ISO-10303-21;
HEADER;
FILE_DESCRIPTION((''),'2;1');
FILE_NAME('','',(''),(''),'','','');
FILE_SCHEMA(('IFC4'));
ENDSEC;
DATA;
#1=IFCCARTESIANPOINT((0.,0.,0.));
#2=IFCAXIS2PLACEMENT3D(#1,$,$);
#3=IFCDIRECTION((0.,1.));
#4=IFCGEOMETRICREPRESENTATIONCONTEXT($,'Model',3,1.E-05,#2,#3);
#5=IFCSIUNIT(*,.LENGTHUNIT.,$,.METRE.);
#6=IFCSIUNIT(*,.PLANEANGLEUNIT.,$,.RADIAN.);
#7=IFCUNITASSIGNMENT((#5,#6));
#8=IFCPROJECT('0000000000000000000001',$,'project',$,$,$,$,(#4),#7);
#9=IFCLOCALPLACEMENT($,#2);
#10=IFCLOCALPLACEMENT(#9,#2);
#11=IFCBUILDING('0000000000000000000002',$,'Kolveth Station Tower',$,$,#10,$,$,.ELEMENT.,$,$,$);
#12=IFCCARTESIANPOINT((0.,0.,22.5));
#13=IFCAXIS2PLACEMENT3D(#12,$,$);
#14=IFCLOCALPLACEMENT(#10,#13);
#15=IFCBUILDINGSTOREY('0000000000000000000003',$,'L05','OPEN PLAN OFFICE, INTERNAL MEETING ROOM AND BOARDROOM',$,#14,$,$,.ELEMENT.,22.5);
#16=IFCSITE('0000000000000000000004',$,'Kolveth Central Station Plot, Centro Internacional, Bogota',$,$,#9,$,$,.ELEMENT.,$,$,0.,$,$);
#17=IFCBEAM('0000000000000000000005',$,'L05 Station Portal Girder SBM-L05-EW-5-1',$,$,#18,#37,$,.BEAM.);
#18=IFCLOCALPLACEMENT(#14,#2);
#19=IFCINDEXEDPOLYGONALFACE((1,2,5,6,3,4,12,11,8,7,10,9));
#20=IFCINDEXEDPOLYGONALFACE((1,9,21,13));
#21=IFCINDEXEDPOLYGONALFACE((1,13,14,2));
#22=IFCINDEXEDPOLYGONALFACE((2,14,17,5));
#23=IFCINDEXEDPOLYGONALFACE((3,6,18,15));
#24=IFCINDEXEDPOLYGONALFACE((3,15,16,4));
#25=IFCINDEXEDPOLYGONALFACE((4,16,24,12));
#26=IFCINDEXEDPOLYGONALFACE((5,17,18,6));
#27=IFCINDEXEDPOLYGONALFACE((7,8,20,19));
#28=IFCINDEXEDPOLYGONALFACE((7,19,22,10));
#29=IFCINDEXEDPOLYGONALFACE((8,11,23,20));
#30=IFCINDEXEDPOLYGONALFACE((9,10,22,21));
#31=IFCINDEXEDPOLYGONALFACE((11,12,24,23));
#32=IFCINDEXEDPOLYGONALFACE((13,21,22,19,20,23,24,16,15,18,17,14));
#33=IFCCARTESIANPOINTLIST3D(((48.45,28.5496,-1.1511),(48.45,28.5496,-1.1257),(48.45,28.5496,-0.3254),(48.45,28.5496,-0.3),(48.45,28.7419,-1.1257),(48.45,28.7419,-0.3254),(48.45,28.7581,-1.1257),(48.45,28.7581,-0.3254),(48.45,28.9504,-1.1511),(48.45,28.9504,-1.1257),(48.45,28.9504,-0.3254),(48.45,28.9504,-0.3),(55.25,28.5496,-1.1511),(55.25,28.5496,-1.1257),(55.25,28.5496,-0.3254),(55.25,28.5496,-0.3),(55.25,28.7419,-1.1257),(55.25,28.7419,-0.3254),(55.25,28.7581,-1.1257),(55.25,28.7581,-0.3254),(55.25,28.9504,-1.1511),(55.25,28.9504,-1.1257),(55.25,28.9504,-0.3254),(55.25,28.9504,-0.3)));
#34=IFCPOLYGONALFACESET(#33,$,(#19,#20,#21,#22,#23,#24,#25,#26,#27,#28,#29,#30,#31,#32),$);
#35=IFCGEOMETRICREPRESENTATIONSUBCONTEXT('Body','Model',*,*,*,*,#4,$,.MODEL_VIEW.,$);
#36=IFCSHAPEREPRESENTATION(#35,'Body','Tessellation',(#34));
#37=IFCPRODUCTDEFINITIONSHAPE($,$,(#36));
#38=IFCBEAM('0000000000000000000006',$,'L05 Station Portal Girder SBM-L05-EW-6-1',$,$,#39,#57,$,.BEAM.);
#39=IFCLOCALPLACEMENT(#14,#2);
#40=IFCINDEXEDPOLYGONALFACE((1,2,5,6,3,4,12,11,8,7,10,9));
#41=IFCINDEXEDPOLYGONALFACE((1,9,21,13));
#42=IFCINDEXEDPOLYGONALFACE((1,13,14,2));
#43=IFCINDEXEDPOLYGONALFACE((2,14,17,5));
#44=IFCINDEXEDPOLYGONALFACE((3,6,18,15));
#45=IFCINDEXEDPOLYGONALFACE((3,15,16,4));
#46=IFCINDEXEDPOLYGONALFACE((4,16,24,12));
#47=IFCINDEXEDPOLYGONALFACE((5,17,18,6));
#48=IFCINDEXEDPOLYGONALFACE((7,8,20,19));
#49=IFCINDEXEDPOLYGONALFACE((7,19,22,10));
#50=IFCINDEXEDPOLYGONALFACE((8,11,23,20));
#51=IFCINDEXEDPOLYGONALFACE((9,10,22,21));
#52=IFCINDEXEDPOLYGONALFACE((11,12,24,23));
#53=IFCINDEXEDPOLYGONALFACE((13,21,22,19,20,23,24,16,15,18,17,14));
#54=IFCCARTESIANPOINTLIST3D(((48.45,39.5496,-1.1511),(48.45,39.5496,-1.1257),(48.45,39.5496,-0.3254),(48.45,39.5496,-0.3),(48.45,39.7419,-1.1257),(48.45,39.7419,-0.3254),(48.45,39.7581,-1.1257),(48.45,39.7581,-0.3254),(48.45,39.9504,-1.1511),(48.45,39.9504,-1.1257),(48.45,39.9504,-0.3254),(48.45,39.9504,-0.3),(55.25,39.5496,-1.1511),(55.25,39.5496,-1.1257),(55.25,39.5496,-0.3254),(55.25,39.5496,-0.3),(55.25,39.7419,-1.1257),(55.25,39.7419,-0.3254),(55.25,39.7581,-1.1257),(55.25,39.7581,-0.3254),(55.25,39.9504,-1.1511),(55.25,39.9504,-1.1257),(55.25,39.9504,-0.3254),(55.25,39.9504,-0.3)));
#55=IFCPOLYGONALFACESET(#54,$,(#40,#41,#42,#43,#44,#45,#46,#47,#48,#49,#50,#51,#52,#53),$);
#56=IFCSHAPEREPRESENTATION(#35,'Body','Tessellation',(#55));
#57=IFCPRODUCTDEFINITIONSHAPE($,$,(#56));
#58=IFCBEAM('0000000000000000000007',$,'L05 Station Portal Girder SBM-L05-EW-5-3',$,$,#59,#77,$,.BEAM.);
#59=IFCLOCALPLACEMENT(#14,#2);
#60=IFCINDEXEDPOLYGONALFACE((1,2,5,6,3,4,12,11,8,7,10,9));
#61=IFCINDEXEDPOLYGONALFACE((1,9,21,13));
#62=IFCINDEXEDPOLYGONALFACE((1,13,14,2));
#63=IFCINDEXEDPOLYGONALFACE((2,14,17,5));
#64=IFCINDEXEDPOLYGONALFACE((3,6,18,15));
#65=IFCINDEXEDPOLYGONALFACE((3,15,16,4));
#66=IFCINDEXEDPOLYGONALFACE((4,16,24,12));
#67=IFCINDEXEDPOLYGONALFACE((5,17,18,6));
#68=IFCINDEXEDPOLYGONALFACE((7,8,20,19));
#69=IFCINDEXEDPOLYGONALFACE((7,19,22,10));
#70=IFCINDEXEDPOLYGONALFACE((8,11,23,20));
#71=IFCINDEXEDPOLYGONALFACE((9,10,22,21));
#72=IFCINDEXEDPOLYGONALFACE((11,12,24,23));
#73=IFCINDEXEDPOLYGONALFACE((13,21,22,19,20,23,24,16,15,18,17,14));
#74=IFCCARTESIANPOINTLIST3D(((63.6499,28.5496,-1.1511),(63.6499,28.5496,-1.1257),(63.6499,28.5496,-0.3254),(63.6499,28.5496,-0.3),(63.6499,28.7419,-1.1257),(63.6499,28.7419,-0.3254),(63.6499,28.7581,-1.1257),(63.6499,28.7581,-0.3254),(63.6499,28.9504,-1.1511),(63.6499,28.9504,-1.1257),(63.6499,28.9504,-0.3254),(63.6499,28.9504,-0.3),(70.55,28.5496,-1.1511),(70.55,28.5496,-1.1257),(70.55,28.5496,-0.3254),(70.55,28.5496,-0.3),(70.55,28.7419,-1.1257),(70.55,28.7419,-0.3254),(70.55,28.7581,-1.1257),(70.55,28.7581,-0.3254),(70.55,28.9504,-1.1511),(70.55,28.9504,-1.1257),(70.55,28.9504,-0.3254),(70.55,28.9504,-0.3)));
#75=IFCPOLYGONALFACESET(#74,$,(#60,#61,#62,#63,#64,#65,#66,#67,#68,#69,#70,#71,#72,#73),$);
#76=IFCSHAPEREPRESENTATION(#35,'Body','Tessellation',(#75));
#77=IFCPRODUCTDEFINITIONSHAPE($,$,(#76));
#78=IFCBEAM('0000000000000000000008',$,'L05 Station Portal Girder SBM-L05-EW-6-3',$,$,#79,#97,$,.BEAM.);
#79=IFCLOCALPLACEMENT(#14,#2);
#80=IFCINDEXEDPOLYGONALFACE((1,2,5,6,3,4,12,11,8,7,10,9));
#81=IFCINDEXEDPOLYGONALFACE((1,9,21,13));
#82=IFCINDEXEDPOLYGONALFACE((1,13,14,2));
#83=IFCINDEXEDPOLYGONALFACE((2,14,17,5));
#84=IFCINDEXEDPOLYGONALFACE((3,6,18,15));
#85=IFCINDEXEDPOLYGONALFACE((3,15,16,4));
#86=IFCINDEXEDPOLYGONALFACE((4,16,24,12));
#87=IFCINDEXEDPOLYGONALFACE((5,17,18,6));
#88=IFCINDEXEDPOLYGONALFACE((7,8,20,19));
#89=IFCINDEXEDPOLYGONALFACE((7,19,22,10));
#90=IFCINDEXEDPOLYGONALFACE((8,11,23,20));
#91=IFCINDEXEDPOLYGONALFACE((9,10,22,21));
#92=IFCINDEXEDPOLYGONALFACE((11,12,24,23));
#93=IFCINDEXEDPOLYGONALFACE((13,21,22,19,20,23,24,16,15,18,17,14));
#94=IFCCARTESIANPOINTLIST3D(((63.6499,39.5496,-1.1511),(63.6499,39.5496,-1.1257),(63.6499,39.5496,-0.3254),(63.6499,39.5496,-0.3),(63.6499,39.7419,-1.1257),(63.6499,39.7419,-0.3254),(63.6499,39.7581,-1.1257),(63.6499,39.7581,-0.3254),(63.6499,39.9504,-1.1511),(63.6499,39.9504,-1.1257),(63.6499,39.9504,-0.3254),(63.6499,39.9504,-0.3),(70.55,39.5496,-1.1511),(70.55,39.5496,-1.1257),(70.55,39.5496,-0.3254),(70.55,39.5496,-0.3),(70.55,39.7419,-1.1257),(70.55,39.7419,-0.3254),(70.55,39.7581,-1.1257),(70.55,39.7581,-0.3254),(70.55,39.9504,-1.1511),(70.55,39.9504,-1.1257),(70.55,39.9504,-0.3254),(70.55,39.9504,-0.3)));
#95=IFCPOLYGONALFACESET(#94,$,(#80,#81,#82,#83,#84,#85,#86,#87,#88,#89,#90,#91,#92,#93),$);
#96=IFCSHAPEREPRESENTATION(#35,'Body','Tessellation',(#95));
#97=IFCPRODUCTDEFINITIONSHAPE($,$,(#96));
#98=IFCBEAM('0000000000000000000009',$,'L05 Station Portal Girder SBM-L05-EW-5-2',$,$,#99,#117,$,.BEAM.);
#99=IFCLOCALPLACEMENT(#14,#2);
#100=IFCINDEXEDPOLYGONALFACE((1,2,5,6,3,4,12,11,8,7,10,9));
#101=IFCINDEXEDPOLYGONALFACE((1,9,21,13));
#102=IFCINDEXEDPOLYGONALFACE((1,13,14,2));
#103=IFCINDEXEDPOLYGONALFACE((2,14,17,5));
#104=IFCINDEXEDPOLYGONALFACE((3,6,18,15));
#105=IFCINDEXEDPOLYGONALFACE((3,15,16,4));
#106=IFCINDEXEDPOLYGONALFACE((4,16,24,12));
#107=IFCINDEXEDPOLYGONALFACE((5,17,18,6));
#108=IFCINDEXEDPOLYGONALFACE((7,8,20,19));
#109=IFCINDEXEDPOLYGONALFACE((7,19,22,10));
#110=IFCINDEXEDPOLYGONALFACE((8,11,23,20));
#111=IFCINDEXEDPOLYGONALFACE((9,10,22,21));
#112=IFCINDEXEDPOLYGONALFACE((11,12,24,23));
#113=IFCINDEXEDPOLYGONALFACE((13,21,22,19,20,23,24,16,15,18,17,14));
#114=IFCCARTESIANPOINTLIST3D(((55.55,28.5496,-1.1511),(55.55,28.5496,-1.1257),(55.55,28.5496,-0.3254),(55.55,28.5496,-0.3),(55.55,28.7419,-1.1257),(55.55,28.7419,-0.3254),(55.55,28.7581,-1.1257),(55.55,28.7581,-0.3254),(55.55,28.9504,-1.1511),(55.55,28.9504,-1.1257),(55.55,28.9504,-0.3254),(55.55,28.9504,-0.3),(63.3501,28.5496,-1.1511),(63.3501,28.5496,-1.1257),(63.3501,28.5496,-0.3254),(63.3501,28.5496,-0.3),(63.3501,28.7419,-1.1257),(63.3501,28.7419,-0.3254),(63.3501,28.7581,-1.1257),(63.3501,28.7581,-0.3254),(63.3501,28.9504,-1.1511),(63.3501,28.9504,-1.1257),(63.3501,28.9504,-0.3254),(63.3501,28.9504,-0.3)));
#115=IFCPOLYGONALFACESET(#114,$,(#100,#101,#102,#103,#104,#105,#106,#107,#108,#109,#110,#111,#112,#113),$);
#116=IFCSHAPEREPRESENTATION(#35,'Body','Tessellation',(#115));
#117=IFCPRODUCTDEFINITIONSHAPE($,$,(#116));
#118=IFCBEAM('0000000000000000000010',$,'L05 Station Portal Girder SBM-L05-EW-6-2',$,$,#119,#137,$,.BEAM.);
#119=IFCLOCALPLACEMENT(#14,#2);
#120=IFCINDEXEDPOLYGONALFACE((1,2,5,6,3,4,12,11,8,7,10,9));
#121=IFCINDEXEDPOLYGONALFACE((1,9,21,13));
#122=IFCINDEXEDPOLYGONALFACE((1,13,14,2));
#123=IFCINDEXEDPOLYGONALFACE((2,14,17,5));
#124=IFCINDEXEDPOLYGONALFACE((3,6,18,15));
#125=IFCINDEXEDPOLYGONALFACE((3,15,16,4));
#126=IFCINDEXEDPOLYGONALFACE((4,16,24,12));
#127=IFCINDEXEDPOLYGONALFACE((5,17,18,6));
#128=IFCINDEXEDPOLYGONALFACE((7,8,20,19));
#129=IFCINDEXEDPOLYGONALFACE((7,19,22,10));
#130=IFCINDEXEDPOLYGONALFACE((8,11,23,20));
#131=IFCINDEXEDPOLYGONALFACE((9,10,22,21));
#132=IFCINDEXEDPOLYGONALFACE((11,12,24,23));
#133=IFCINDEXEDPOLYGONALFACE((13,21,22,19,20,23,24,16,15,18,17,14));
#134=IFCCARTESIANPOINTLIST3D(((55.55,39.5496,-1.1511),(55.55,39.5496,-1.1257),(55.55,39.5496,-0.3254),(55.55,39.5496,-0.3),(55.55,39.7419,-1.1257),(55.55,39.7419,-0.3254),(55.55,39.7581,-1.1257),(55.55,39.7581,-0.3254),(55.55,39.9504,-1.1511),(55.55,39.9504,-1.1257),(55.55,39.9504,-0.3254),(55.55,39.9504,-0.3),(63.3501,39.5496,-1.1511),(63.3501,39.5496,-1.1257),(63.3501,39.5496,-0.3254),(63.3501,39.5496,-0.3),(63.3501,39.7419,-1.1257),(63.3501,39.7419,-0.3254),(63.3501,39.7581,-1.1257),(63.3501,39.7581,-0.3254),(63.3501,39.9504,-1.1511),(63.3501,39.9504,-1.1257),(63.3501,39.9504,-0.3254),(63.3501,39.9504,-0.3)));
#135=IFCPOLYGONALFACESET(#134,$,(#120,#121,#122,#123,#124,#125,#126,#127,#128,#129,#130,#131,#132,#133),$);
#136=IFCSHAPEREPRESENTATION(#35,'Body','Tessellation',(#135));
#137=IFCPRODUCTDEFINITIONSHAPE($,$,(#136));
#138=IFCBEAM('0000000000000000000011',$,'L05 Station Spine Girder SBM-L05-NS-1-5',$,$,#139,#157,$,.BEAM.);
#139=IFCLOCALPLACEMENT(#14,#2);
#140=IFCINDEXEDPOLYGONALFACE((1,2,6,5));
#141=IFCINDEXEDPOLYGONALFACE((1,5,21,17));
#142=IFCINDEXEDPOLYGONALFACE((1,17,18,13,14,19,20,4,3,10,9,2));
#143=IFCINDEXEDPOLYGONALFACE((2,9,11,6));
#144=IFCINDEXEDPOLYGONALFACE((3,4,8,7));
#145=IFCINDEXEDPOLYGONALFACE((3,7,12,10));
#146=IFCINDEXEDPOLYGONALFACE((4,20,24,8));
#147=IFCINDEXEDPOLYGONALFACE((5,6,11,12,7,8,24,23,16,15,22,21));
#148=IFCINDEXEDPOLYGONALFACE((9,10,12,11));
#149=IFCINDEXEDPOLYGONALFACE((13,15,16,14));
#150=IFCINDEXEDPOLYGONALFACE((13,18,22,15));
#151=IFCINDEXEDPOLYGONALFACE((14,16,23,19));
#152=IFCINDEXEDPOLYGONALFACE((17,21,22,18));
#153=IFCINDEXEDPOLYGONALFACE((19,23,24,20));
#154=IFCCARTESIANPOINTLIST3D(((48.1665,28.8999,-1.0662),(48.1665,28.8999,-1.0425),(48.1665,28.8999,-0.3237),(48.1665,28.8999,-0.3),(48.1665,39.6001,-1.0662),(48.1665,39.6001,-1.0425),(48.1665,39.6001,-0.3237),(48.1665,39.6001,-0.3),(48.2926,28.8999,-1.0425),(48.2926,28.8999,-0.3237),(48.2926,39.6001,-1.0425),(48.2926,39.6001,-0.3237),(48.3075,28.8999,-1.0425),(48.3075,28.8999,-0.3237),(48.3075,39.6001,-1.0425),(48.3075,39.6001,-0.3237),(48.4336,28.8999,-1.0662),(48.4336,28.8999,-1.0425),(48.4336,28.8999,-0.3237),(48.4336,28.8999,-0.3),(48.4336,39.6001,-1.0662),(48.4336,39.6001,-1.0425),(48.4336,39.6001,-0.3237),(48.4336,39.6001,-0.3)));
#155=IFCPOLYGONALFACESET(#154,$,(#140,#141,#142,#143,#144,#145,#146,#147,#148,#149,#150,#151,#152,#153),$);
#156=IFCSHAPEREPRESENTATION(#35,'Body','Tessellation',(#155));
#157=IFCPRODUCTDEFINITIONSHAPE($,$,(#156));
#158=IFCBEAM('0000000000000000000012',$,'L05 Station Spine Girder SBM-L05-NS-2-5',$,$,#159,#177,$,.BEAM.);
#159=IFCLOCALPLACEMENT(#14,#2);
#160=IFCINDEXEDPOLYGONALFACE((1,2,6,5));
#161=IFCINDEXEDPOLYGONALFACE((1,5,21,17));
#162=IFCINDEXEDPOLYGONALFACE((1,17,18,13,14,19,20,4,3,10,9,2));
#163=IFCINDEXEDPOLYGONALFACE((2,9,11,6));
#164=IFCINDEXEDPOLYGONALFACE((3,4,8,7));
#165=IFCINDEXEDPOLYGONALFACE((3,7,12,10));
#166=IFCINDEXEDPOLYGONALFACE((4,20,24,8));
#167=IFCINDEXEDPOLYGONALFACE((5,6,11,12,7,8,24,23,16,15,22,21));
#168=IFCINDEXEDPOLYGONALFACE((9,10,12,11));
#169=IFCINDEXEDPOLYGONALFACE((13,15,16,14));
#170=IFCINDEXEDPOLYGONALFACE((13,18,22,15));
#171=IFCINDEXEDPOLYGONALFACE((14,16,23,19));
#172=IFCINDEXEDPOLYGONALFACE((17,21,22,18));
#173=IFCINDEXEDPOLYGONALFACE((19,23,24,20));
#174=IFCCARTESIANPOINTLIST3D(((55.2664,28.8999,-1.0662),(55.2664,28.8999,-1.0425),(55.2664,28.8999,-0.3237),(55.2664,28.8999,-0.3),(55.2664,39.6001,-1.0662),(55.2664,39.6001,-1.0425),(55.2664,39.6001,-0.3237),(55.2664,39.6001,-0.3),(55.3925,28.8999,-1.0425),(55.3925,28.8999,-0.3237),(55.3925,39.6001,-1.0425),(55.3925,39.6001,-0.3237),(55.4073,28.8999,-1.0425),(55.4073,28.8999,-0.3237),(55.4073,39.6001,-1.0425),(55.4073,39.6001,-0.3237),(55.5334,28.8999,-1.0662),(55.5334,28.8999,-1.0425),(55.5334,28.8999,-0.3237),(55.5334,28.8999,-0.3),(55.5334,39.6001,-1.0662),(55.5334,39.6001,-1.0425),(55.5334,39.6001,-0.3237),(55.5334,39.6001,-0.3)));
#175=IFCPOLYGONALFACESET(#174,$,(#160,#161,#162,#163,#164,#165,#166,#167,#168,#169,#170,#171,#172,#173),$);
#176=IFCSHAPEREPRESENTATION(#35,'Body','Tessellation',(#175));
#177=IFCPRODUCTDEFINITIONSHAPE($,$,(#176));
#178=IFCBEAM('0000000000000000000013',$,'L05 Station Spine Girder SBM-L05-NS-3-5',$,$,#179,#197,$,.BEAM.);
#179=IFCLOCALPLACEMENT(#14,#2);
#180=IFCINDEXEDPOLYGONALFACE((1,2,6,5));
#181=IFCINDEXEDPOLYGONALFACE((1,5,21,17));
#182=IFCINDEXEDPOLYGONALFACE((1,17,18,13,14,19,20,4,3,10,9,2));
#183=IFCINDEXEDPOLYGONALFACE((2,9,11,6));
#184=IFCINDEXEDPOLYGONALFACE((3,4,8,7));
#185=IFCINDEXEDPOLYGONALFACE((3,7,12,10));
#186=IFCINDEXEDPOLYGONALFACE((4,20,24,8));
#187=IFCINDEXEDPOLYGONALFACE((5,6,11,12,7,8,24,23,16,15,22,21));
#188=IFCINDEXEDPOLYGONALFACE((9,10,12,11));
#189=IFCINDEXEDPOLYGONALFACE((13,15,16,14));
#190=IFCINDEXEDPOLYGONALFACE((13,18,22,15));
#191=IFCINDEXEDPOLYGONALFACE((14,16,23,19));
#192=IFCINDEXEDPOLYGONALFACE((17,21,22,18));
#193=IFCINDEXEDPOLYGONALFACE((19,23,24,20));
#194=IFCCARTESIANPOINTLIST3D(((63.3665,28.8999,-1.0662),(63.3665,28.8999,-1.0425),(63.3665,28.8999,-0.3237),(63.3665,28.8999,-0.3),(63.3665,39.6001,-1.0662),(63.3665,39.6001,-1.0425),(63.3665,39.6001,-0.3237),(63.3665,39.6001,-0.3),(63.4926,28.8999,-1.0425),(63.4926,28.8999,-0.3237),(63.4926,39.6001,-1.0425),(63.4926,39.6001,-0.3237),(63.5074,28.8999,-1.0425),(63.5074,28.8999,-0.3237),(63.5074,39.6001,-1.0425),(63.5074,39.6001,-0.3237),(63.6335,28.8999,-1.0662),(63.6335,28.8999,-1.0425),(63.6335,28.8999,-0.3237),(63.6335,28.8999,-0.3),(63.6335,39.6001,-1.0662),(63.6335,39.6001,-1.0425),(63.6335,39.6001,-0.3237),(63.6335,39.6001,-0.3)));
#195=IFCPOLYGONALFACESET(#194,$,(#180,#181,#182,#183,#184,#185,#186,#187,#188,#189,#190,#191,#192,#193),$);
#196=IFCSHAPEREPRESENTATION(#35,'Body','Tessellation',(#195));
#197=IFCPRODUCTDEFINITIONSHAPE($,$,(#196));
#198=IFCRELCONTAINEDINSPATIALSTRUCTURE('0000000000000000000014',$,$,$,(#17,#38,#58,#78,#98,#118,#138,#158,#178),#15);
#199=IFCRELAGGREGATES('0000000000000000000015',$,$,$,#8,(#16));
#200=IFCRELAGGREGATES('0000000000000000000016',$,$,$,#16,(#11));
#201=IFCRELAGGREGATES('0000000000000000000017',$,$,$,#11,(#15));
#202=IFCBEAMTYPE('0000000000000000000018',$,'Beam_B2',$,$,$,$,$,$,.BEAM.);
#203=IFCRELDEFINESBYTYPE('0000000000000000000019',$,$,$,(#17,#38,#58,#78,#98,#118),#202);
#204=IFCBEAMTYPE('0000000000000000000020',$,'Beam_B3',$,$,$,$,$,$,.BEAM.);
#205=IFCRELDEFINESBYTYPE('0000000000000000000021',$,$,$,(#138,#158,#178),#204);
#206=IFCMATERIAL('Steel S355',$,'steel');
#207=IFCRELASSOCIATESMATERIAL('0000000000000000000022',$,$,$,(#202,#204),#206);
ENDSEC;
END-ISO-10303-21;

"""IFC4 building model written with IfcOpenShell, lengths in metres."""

from ifc_helpers import new_model, si_unit, direction, frame, origin, origin_2d, place, context, subcontext, project, spatial, i_section, extrude, source, transform, mapped, material, material_profile, profile_set, type_object, element, save


model = new_model("IFC4")

# Units and contexts
model_context = context("Model", 3, precision=1e-05, world=origin(), true_north=direction((0.0, 1.0)))
body_context = subcontext(model_context, "Body", "Model", "MODEL_VIEW")
ifc_project = project(units=[si_unit("LENGTHUNIT", "METRE"), si_unit("PLANEANGLEUNIT", "RADIAN")], contexts=[model_context])

# Site, building, storey
site_placement = place(None, origin())
site = spatial("IfcSite", under=ifc_project, at=site_placement, Name="Kolveth Central Station Plot, Centro Internacional, Bogota", CompositionType="ELEMENT", RefElevation=0.0)
building_placement = place(site_placement, origin())
building = spatial("IfcBuilding", under=site, at=building_placement, Name="Kolveth Station Tower", CompositionType="ELEMENT")
storey_placement = place(building_placement, frame((0.0, 0.0, 22.5)))
storey = spatial("IfcBuildingStorey", under=building, at=storey_placement, Name="L05", Description="OPEN PLAN OFFICE, INTERNAL MEETING ROOM AND BOARDROOM", CompositionType="ELEMENT", Elevation=22.5)

# Beams
ifc_material_1 = material(Name="Steel S355", Category="steel")
ifc_material_profile_1 = material_profile(ifc_material_1, i_section(OverallWidth=0.4009, OverallDepth=0.8511, WebThickness=0.0161, FlangeThickness=0.0254, at=origin_2d()), Name="W840x226")
ifc_profile_set_1 = profile_set([ifc_material_profile_1], Name="Steel S355")
beam_type_1 = type_object("IfcBeamType", Name="Beam_B2", PredefinedType="BEAM", material=ifc_profile_set_1)
shared_shape_1 = source(origin(), body_context, "Body", "SweptSolid", [
    extrude(i_section(OverallWidth=0.4009, OverallDepth=0.8511, WebThickness=0.0161, FlangeThickness=0.0254, at=origin_2d()), origin(), (0.0, 0.0, 1.0), 6.8),
])
for number, where, z_axis, x_axis, name in (
    (1, (48.45, 28.75, -0.7256), (1.0, 0.0, 0.0), (0.0, 1.0, 0.0), "L05 Station Portal Girder SBM-L05-EW-5-1"),
    (2, (48.45, 39.75, -0.7256), (1.0, 0.0, 0.0), (0.0, 1.0, 0.0), "L05 Station Portal Girder SBM-L05-EW-6-1"),
):
    element("IfcBeam", number, at=place(storey_placement, frame(where, z_axis=z_axis, x_axis=x_axis)), inside=storey, type_object=beam_type_1, Name=name, PredefinedType="BEAM", context=body_context, shape_type="MappedRepresentation", body=[
        mapped(shared_shape_1, transform((0.0, 0.0, 0.0), x_axis=(1.0, 0.0, 0.0), y_axis=(0.0, 1.0, 0.0), z_axis=(0.0, 0.0, 1.0), scale=1.0)),
    ])
shared_shape_2 = source(origin(), body_context, "Body", "SweptSolid", [
    extrude(i_section(OverallWidth=0.4009, OverallDepth=0.8511, WebThickness=0.0161, FlangeThickness=0.0254, at=origin_2d()), origin(), (0.0, 0.0, 1.0), 6.9001),
])
for number, where, z_axis, x_axis, name in (
    (3, (63.6499, 28.75, -0.7256), (1.0, 0.0, 0.0), (0.0, 1.0, 0.0), "L05 Station Portal Girder SBM-L05-EW-5-3"),
    (4, (63.6499, 39.75, -0.7256), (1.0, 0.0, 0.0), (0.0, 1.0, 0.0), "L05 Station Portal Girder SBM-L05-EW-6-3"),
):
    element("IfcBeam", number, at=place(storey_placement, frame(where, z_axis=z_axis, x_axis=x_axis)), inside=storey, type_object=beam_type_1, Name=name, PredefinedType="BEAM", context=body_context, shape_type="MappedRepresentation", body=[
        mapped(shared_shape_2, transform((0.0, 0.0, 0.0), x_axis=(1.0, 0.0, 0.0), y_axis=(0.0, 1.0, 0.0), z_axis=(0.0, 0.0, 1.0), scale=1.0)),
    ])
shared_shape_3 = source(origin(), body_context, "Body", "SweptSolid", [
    extrude(i_section(OverallWidth=0.4009, OverallDepth=0.8511, WebThickness=0.0161, FlangeThickness=0.0254, at=origin_2d()), origin(), (0.0, 0.0, 1.0), 7.8),
])
for number, where, z_axis, x_axis, name in (
    (5, (55.55, 28.75, -0.7256), (1.0, 0.0, 0.0), (0.0, 1.0, 0.0), "L05 Station Portal Girder SBM-L05-EW-5-2"),
    (6, (55.55, 39.75, -0.7256), (1.0, 0.0, 0.0), (0.0, 1.0, 0.0), "L05 Station Portal Girder SBM-L05-EW-6-2"),
):
    element("IfcBeam", number, at=place(storey_placement, frame(where, z_axis=z_axis, x_axis=x_axis)), inside=storey, type_object=beam_type_1, Name=name, PredefinedType="BEAM", context=body_context, shape_type="MappedRepresentation", body=[
        mapped(shared_shape_3, transform((0.0, 0.0, 0.0), x_axis=(1.0, 0.0, 0.0), y_axis=(0.0, 1.0, 0.0), z_axis=(0.0, 0.0, 1.0), scale=1.0)),
    ])
ifc_material_profile_2 = material_profile(ifc_material_1, i_section(OverallWidth=0.2671, OverallDepth=0.7661, WebThickness=0.0149, FlangeThickness=0.0237, at=origin_2d()), Name="W760x185")
ifc_profile_set_2 = profile_set([ifc_material_profile_2], Name="Steel S355")
beam_type_2 = type_object("IfcBeamType", Name="Beam_B3", PredefinedType="BEAM", material=ifc_profile_set_2)
shared_shape_4 = source(origin(), body_context, "Body", "SweptSolid", [
    extrude(i_section(OverallWidth=0.2671, OverallDepth=0.7661, WebThickness=0.0149, FlangeThickness=0.0237, at=origin_2d()), origin(), (0.0, 0.0, 1.0), 10.7002),
])
for number, where, z_axis, x_axis, name in (
    (7, (48.3, 28.8999, -0.6831), (0.0, 1.0, 0.0), (-1.0, 0.0, 0.0), "L05 Station Spine Girder SBM-L05-NS-1-5"),
    (8, (55.3999, 28.8999, -0.6831), (0.0, 1.0, 0.0), (-1.0, 0.0, 0.0), "L05 Station Spine Girder SBM-L05-NS-2-5"),
    (9, (63.5, 28.8999, -0.6831), (0.0, 1.0, 0.0), (-1.0, 0.0, 0.0), "L05 Station Spine Girder SBM-L05-NS-3-5"),
):
    element("IfcBeam", number, at=place(storey_placement, frame(where, z_axis=z_axis, x_axis=x_axis)), inside=storey, type_object=beam_type_2, Name=name, PredefinedType="BEAM", context=body_context, shape_type="MappedRepresentation", body=[
        mapped(shared_shape_4, transform((0.0, 0.0, 0.0), x_axis=(1.0, 0.0, 0.0), y_axis=(0.0, 1.0, 0.0), z_axis=(0.0, 0.0, 1.0), scale=1.0)),
    ])

save(model, "model.ifc")
